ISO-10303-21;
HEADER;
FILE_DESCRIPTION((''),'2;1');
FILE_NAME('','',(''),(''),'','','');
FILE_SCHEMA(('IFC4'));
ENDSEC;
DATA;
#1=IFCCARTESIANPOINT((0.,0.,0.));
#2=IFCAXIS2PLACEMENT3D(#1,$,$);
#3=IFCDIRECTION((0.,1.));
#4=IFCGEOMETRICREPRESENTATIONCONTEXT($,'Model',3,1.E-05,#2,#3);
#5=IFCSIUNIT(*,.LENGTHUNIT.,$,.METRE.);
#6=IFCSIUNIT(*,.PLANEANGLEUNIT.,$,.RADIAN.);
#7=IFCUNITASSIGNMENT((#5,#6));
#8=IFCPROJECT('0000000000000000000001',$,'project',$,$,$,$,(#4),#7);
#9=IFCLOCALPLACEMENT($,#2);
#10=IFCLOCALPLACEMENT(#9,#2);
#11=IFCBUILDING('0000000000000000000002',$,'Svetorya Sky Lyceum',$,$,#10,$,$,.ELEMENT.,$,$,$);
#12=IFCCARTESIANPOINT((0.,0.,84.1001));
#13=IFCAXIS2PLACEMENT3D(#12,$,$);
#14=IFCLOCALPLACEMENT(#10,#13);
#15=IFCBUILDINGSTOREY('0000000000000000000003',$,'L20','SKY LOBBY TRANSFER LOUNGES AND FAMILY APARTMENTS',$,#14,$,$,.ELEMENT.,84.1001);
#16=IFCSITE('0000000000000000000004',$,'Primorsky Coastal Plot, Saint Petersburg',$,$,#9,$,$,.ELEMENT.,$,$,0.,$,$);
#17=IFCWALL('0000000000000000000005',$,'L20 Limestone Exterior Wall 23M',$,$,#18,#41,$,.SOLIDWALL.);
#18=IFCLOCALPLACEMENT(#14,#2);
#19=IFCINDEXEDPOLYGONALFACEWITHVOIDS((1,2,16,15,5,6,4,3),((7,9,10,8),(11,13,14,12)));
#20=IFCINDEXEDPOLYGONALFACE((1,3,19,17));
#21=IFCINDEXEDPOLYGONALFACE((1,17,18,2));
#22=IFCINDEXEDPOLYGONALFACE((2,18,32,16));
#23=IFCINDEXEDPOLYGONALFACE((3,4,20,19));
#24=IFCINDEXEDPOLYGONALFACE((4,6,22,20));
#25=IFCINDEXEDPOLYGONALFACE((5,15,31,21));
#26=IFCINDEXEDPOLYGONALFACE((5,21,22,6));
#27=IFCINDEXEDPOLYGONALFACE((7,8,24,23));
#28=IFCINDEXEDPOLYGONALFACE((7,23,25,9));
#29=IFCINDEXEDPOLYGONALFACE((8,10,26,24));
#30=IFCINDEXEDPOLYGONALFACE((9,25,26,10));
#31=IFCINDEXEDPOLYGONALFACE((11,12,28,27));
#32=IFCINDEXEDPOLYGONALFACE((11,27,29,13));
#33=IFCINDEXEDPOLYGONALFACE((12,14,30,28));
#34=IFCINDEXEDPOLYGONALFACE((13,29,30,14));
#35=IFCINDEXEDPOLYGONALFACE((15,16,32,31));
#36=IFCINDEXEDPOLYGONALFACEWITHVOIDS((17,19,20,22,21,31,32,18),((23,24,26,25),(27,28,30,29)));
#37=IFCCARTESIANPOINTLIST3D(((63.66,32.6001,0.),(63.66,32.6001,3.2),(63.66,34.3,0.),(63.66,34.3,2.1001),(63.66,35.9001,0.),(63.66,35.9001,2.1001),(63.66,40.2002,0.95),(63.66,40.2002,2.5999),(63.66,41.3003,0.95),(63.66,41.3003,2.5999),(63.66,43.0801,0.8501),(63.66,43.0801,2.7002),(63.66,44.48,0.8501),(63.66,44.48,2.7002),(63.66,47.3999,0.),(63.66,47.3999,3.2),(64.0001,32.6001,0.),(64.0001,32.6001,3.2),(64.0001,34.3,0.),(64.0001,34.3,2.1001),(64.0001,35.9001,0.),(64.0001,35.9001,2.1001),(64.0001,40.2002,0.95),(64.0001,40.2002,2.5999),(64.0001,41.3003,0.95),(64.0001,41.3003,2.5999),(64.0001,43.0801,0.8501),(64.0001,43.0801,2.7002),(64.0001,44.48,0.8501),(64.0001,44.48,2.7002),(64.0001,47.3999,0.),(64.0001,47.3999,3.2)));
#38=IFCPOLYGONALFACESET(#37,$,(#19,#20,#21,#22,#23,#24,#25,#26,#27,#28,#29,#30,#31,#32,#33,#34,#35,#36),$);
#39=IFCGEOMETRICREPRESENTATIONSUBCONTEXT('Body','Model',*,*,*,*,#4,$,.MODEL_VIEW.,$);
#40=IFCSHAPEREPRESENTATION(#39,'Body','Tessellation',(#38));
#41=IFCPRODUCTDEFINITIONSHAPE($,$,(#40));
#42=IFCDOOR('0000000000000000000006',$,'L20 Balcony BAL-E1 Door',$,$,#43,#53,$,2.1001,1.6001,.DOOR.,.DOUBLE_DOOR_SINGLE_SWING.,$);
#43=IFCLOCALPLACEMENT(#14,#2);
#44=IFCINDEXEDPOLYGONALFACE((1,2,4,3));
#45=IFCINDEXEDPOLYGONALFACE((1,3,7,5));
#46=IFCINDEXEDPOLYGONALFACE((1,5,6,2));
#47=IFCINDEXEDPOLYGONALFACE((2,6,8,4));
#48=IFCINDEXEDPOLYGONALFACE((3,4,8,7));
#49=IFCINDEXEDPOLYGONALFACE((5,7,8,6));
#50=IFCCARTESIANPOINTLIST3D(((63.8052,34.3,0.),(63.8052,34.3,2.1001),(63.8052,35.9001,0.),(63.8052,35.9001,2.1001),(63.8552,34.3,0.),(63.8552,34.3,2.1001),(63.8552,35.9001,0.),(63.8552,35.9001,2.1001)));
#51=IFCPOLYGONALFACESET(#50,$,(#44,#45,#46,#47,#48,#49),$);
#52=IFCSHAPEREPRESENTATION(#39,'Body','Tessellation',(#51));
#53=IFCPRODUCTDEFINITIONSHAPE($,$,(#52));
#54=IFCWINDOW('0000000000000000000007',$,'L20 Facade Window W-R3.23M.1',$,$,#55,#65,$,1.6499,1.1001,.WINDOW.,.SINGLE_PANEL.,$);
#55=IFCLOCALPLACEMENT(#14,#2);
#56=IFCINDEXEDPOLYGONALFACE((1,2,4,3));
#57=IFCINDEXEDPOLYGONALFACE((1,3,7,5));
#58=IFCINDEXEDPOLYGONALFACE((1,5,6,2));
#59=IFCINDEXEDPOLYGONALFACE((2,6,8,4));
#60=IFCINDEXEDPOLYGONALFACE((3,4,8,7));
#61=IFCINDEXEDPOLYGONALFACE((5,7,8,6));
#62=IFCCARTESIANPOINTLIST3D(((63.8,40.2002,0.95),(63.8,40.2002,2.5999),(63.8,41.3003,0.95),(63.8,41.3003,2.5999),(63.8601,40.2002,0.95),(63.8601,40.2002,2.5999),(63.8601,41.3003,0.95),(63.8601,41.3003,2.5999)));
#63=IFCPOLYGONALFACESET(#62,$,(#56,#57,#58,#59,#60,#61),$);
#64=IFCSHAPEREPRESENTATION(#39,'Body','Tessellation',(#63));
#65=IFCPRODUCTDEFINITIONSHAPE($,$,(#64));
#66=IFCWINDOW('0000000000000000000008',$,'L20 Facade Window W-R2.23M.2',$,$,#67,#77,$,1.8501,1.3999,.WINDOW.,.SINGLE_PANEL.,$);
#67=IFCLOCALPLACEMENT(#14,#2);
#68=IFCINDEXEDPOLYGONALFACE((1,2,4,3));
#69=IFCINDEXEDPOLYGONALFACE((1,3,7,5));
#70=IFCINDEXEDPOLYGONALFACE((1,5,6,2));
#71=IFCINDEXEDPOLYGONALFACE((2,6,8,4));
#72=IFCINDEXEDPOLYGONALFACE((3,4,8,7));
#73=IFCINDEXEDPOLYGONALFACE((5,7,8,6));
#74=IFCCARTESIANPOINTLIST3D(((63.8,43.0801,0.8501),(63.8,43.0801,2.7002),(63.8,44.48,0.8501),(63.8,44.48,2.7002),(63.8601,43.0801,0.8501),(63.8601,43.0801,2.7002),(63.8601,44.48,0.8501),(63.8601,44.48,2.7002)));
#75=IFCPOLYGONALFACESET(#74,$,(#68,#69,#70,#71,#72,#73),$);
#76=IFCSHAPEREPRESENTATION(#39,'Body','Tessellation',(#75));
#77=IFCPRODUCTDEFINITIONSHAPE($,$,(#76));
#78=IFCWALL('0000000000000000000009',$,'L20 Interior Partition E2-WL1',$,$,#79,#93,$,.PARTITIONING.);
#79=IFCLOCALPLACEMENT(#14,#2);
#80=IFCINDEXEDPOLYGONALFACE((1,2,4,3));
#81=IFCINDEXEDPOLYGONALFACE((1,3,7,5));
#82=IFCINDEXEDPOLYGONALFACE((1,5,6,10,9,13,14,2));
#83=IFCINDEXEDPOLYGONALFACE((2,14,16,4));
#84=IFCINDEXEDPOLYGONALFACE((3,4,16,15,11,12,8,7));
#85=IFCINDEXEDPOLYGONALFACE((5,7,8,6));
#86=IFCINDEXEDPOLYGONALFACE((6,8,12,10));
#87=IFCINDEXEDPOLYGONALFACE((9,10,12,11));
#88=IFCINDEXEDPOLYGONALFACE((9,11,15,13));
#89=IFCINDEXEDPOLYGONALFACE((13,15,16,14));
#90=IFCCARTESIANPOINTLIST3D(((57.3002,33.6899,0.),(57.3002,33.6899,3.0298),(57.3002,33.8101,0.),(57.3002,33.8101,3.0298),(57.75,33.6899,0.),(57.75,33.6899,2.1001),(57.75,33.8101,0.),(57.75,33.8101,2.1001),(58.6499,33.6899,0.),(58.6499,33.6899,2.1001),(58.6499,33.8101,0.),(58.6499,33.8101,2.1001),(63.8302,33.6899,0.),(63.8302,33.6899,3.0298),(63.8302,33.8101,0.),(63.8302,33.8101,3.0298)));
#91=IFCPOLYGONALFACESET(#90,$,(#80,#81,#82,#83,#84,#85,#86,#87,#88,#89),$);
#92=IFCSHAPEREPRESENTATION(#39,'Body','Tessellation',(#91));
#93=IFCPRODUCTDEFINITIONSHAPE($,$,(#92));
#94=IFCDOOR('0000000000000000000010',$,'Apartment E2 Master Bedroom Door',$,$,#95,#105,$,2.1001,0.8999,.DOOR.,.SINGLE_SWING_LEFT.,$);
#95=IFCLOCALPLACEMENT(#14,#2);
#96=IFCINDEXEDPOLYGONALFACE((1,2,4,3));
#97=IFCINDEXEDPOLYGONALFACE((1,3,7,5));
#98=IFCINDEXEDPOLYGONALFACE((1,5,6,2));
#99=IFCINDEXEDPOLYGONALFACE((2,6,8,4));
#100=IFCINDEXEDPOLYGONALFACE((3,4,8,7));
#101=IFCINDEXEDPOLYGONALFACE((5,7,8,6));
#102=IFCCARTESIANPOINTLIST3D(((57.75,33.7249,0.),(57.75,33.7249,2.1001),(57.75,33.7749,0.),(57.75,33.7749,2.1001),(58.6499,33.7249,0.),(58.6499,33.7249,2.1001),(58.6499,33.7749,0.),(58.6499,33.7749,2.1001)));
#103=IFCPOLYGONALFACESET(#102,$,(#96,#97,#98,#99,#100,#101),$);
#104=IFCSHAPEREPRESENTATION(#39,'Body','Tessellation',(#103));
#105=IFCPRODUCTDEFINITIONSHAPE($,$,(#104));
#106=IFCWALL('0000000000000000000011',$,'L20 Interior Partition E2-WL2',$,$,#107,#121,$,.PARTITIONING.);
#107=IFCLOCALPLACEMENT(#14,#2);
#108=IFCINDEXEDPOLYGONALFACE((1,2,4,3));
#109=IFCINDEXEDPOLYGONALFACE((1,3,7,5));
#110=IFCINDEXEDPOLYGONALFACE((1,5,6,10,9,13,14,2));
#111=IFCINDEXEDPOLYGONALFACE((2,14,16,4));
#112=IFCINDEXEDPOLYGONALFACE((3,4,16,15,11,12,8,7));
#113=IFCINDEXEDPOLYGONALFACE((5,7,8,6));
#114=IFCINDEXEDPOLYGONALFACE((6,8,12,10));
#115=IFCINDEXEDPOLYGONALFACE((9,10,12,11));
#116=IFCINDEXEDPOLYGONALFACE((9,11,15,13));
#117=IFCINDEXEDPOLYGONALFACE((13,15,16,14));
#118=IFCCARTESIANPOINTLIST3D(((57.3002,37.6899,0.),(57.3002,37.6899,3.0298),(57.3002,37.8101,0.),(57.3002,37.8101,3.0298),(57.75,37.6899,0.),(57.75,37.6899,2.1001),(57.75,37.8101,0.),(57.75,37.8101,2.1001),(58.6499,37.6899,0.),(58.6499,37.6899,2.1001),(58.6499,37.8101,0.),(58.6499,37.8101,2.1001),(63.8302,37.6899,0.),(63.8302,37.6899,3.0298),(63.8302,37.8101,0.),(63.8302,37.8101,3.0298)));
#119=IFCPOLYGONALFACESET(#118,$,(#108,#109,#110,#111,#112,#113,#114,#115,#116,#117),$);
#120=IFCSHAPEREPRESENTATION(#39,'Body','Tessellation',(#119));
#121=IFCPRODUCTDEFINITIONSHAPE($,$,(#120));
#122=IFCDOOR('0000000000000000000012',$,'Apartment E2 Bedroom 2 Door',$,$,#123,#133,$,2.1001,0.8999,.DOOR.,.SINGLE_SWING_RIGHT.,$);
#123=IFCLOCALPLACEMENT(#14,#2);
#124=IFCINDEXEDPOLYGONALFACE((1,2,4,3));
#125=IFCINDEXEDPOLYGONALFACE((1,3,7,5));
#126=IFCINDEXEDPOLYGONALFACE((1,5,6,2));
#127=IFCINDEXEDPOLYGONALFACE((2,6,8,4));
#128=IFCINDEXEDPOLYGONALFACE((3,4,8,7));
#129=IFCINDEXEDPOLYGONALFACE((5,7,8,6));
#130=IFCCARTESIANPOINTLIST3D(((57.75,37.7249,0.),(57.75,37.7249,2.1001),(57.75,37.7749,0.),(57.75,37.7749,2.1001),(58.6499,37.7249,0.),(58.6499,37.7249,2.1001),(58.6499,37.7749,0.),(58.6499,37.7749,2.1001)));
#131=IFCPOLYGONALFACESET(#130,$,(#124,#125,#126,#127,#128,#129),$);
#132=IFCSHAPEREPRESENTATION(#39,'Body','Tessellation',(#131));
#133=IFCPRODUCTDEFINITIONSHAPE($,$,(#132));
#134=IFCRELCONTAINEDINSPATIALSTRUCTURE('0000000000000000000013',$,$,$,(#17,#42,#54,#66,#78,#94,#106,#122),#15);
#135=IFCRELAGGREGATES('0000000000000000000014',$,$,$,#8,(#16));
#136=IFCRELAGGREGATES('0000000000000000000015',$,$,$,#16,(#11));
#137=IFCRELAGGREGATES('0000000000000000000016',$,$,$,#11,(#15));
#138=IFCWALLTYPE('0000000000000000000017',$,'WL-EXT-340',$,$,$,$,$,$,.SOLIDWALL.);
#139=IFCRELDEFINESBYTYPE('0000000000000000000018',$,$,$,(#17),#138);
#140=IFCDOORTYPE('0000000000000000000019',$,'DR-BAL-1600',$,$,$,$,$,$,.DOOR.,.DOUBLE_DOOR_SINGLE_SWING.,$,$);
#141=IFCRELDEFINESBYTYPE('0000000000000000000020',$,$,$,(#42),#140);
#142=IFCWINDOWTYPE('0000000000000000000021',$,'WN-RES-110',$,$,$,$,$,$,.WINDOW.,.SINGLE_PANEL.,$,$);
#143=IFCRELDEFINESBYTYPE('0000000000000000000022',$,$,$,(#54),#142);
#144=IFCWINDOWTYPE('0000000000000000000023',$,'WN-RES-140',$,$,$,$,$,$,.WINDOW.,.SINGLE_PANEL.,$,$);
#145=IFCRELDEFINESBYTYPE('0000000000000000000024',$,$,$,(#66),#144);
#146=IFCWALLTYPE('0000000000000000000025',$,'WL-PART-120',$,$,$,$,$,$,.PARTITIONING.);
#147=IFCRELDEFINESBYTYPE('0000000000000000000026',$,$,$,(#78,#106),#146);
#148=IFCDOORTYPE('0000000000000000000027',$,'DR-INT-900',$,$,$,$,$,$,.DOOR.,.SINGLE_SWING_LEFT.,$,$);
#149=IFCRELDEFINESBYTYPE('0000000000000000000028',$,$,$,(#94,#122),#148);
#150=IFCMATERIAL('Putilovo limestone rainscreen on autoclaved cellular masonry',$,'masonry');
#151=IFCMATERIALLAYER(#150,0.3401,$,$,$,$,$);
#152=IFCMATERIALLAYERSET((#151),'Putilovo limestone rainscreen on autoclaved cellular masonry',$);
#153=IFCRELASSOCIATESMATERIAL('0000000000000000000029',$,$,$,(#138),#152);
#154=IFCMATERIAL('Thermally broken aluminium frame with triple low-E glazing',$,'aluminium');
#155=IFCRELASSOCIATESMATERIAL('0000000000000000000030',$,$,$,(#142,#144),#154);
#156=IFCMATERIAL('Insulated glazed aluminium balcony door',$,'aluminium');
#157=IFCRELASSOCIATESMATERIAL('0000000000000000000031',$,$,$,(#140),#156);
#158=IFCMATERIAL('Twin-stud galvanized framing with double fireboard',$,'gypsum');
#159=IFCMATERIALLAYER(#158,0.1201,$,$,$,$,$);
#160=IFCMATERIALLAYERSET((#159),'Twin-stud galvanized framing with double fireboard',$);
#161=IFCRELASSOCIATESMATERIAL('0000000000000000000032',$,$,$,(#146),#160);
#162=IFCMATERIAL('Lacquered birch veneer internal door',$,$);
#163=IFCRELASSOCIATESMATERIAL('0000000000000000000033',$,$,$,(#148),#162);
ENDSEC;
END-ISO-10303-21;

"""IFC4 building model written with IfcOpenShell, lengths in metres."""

from ifc_helpers import new_model, si_unit, direction, frame, frame_2d, origin, place, context, subcontext, project, spatial, rectangle, extrude, material, layer, layer_set, type_object, element, fill, save


model = new_model("IFC4")

# Units and contexts
model_context = context("Model", 3, precision=1e-05, world=origin(), true_north=direction((0.0, 1.0)))
body_context = subcontext(model_context, "Body", "Model", "MODEL_VIEW")
ifc_project = project(units=[si_unit("LENGTHUNIT", "METRE"), si_unit("PLANEANGLEUNIT", "RADIAN")], contexts=[model_context])

# Site, building, storey
site_placement = place(None, origin())
site = spatial("IfcSite", under=ifc_project, at=site_placement, Name="Primorsky Coastal Plot, Saint Petersburg", CompositionType="ELEMENT", RefElevation=0.0)
building_placement = place(site_placement, origin())
building = spatial("IfcBuilding", under=site, at=building_placement, Name="Svetorya Sky Lyceum", CompositionType="ELEMENT")
storey_placement = place(building_placement, frame((0.0, 0.0, 84.1001)))
storey = spatial("IfcBuildingStorey", under=building, at=storey_placement, Name="L20", Description="SKY LOBBY TRANSFER LOUNGES AND FAMILY APARTMENTS", CompositionType="ELEMENT", Elevation=84.1001)

# Shared definitions
ifc_material_1 = material(Name="Putilovo limestone rainscreen on autoclaved cellular masonry", Category="masonry")
ifc_layer_1 = layer(ifc_material_1, 0.3401)
ifc_layer_set_1 = layer_set([ifc_layer_1], Name="Putilovo limestone rainscreen on autoclaved cellular masonry")
wall_type_1 = type_object("IfcWallType", Name="WL-EXT-340", PredefinedType="SOLIDWALL", material=ifc_layer_set_1)

# Shared definitions
ifc_material_2 = material(Name="Thermally broken aluminium frame with triple low-E glazing", Category="aluminium")
window_type_1 = type_object("IfcWindowType", Name="WN-RES-110", PartitioningType="SINGLE_PANEL", PredefinedType="WINDOW", material=ifc_material_2)

# Wall, openings, door, windows
wall_1_placement = place(storey_placement, frame((63.8301, 32.6001, 0.0), z_axis=(0.0, 0.0, 1.0), x_axis=(0.0, 1.0, 0.0)))
wall_1 = element("IfcWall", 1, at=wall_1_placement, inside=storey, type_object=wall_type_1, Name="L20 Limestone Exterior Wall 23M", PredefinedType="SOLIDWALL", context=body_context, shape_type="SweptSolid", body=[
    extrude(rectangle(XDim=14.7998, YDim=0.3401, at=frame_2d((7.3999, 0.0))), origin(), (0.0, 0.0, 1.0), 3.2),
])
opening_1_placement = place(wall_1_placement, frame((1.7, 0.0, 0.0)))
opening_1 = element("IfcOpeningElement", 2, at=opening_1_placement, cuts=wall_1, PredefinedType="OPENING", context=body_context, shape_type="SweptSolid", body=[
    extrude(rectangle(XDim=1.6001, YDim=2.1001, at=frame_2d((0.8, 1.05))), frame((0.0, 0.1799, 0.0), z_axis=(0.0, -1.0, 0.0), x_axis=(1.0, 0.0, 0.0)), (0.0, 0.0, 1.0), 0.3601),
])
opening_2_placement = place(wall_1_placement, frame((7.6001, 0.0, 0.95)))
opening_2 = element("IfcOpeningElement", 3, at=opening_2_placement, cuts=wall_1, PredefinedType="OPENING", context=body_context, shape_type="SweptSolid", body=[
    extrude(rectangle(XDim=1.1001, YDim=1.6499, at=frame_2d((0.55, 0.825))), frame((0.0, 0.1799, 0.0), z_axis=(0.0, -1.0, 0.0), x_axis=(1.0, 0.0, 0.0)), (0.0, 0.0, 1.0), 0.3601),
])
opening_3_placement = place(wall_1_placement, frame((10.48, 0.0, 0.8501)))
opening_3 = element("IfcOpeningElement", 4, at=opening_3_placement, cuts=wall_1, PredefinedType="OPENING", context=body_context, shape_type="SweptSolid", body=[
    extrude(rectangle(XDim=1.3999, YDim=1.8501, at=frame_2d((0.7, 0.925))), frame((0.0, 0.1799, 0.0), z_axis=(0.0, -1.0, 0.0), x_axis=(1.0, 0.0, 0.0)), (0.0, 0.0, 1.0), 0.3601),
])
ifc_material_3 = material(Name="Insulated glazed aluminium balcony door", Category="aluminium")
door_type_1 = type_object("IfcDoorType", Name="DR-BAL-1600", OperationType="DOUBLE_DOOR_SINGLE_SWING", PredefinedType="DOOR", material=ifc_material_3)
door_1_placement = place(opening_1_placement, origin())
door_1 = element("IfcDoor", 5, at=door_1_placement, inside=storey, type_object=door_type_1, Name="L20 Balcony BAL-E1 Door", OperationType="DOUBLE_DOOR_SINGLE_SWING", OverallHeight=2.1001, OverallWidth=1.6001, PredefinedType="DOOR", context=body_context, shape_type="SweptSolid", body=[
    extrude(rectangle(XDim=1.6001, YDim=2.1001, at=frame_2d((0.8, 1.05))), frame((0.0, 0.0249, 0.0), z_axis=(0.0, -1.0, 0.0), x_axis=(1.0, 0.0, 0.0)), (0.0, 0.0, 1.0), 0.05),
])
fill(opening_1, door_1)
window_1_placement = place(opening_2_placement, origin())
window_1 = element("IfcWindow", 6, at=window_1_placement, inside=storey, type_object=window_type_1, Name="L20 Facade Window W-R3.23M.1", OverallHeight=1.6499, OverallWidth=1.1001, PartitioningType="SINGLE_PANEL", PredefinedType="WINDOW", context=body_context, shape_type="SweptSolid", body=[
    extrude(rectangle(XDim=1.1001, YDim=1.6499, at=frame_2d((0.55, 0.825))), frame((0.0, 0.03, 0.0), z_axis=(0.0, -1.0, 0.0), x_axis=(1.0, 0.0, 0.0)), (0.0, 0.0, 1.0), 0.0601),
])
fill(opening_2, window_1)
window_type_2 = type_object("IfcWindowType", Name="WN-RES-140", PartitioningType="SINGLE_PANEL", PredefinedType="WINDOW", material=ifc_material_2)
window_2_placement = place(opening_3_placement, origin())
window_2 = element("IfcWindow", 7, at=window_2_placement, inside=storey, type_object=window_type_2, Name="L20 Facade Window W-R2.23M.2", OverallHeight=1.8501, OverallWidth=1.3999, PartitioningType="SINGLE_PANEL", PredefinedType="WINDOW", context=body_context, shape_type="SweptSolid", body=[
    extrude(rectangle(XDim=1.3999, YDim=1.8501, at=frame_2d((0.7, 0.925))), frame((0.0, 0.03, 0.0), z_axis=(0.0, -1.0, 0.0), x_axis=(1.0, 0.0, 0.0)), (0.0, 0.0, 1.0), 0.0601),
])
fill(opening_3, window_2)

# Walls, openings, doors
ifc_material_4 = material(Name="Twin-stud galvanized framing with double fireboard", Category="gypsum")
ifc_layer_2 = layer(ifc_material_4, 0.1201)
ifc_layer_set_2 = layer_set([ifc_layer_2], Name="Twin-stud galvanized framing with double fireboard")
wall_type_2 = type_object("IfcWallType", Name="WL-PART-120", PredefinedType="PARTITIONING", material=ifc_layer_set_2)
wall_2_placement = place(storey_placement, frame((57.3, 33.75, 0.0), z_axis=(0.0, 0.0, 1.0), x_axis=(1.0, 0.0, 0.0)))
wall_2 = element("IfcWall", 8, at=wall_2_placement, inside=storey, type_object=wall_type_2, Name="L20 Interior Partition E2-WL1", PredefinedType="PARTITIONING", context=body_context, shape_type="SweptSolid", body=[
    extrude(rectangle(XDim=6.53, YDim=0.1201, at=frame_2d((3.2651, 0.0))), origin(), (0.0, 0.0, 1.0), 3.0298),
])
opening_4_placement = place(wall_2_placement, frame((0.45, 0.0, 0.0)))
opening_4 = element("IfcOpeningElement", 9, at=opening_4_placement, cuts=wall_2, PredefinedType="OPENING", context=body_context, shape_type="SweptSolid", body=[
    extrude(rectangle(XDim=0.8999, YDim=2.1001, at=frame_2d((0.45, 1.05))), frame((0.0, 0.0701, 0.0), z_axis=(0.0, -1.0, 0.0), x_axis=(1.0, 0.0, 0.0)), (0.0, 0.0, 1.0), 0.1401),
])
ifc_material_5 = material(Name="Lacquered birch veneer internal door")
door_type_2 = type_object("IfcDoorType", Name="DR-INT-900", OperationType="SINGLE_SWING_LEFT", PredefinedType="DOOR", material=ifc_material_5)
door_2_placement = place(opening_4_placement, origin())
door_2 = element("IfcDoor", 10, at=door_2_placement, inside=storey, type_object=door_type_2, Name="Apartment E2 Master Bedroom Door", OperationType="SINGLE_SWING_LEFT", OverallHeight=2.1001, OverallWidth=0.8999, PredefinedType="DOOR", context=body_context, shape_type="SweptSolid", body=[
    extrude(rectangle(XDim=0.8999, YDim=2.1001, at=frame_2d((0.45, 1.05))), frame((0.0, 0.0249, 0.0), z_axis=(0.0, -1.0, 0.0), x_axis=(1.0, 0.0, 0.0)), (0.0, 0.0, 1.0), 0.05),
])
fill(opening_4, door_2)
wall_3_placement = place(storey_placement, frame((57.3, 37.75, 0.0), z_axis=(0.0, 0.0, 1.0), x_axis=(1.0, 0.0, 0.0)))
wall_3 = element("IfcWall", 11, at=wall_3_placement, inside=storey, type_object=wall_type_2, Name="L20 Interior Partition E2-WL2", PredefinedType="PARTITIONING", context=body_context, shape_type="SweptSolid", body=[
    extrude(rectangle(XDim=6.53, YDim=0.1201, at=frame_2d((3.2651, 0.0))), origin(), (0.0, 0.0, 1.0), 3.0298),
])
opening_5_placement = place(wall_3_placement, frame((0.45, 0.0, 0.0)))
opening_5 = element("IfcOpeningElement", 12, at=opening_5_placement, cuts=wall_3, PredefinedType="OPENING", context=body_context, shape_type="SweptSolid", body=[
    extrude(rectangle(XDim=0.8999, YDim=2.1001, at=frame_2d((0.45, 1.05))), frame((0.0, 0.0701, 0.0), z_axis=(0.0, -1.0, 0.0), x_axis=(1.0, 0.0, 0.0)), (0.0, 0.0, 1.0), 0.1401),
])
door_3_placement = place(opening_5_placement, origin())
door_3 = element("IfcDoor", 13, at=door_3_placement, inside=storey, type_object=door_type_2, Name="Apartment E2 Bedroom 2 Door", OperationType="SINGLE_SWING_RIGHT", OverallHeight=2.1001, OverallWidth=0.8999, PredefinedType="DOOR", context=body_context, shape_type="SweptSolid", body=[
    extrude(rectangle(XDim=0.8999, YDim=2.1001, at=frame_2d((0.45, 1.05))), frame((0.0, 0.0249, 0.0), z_axis=(0.0, -1.0, 0.0), x_axis=(1.0, 0.0, 0.0)), (0.0, 0.0, 1.0), 0.05),
])
fill(opening_5, door_3)

save(model, "model.ifc")
